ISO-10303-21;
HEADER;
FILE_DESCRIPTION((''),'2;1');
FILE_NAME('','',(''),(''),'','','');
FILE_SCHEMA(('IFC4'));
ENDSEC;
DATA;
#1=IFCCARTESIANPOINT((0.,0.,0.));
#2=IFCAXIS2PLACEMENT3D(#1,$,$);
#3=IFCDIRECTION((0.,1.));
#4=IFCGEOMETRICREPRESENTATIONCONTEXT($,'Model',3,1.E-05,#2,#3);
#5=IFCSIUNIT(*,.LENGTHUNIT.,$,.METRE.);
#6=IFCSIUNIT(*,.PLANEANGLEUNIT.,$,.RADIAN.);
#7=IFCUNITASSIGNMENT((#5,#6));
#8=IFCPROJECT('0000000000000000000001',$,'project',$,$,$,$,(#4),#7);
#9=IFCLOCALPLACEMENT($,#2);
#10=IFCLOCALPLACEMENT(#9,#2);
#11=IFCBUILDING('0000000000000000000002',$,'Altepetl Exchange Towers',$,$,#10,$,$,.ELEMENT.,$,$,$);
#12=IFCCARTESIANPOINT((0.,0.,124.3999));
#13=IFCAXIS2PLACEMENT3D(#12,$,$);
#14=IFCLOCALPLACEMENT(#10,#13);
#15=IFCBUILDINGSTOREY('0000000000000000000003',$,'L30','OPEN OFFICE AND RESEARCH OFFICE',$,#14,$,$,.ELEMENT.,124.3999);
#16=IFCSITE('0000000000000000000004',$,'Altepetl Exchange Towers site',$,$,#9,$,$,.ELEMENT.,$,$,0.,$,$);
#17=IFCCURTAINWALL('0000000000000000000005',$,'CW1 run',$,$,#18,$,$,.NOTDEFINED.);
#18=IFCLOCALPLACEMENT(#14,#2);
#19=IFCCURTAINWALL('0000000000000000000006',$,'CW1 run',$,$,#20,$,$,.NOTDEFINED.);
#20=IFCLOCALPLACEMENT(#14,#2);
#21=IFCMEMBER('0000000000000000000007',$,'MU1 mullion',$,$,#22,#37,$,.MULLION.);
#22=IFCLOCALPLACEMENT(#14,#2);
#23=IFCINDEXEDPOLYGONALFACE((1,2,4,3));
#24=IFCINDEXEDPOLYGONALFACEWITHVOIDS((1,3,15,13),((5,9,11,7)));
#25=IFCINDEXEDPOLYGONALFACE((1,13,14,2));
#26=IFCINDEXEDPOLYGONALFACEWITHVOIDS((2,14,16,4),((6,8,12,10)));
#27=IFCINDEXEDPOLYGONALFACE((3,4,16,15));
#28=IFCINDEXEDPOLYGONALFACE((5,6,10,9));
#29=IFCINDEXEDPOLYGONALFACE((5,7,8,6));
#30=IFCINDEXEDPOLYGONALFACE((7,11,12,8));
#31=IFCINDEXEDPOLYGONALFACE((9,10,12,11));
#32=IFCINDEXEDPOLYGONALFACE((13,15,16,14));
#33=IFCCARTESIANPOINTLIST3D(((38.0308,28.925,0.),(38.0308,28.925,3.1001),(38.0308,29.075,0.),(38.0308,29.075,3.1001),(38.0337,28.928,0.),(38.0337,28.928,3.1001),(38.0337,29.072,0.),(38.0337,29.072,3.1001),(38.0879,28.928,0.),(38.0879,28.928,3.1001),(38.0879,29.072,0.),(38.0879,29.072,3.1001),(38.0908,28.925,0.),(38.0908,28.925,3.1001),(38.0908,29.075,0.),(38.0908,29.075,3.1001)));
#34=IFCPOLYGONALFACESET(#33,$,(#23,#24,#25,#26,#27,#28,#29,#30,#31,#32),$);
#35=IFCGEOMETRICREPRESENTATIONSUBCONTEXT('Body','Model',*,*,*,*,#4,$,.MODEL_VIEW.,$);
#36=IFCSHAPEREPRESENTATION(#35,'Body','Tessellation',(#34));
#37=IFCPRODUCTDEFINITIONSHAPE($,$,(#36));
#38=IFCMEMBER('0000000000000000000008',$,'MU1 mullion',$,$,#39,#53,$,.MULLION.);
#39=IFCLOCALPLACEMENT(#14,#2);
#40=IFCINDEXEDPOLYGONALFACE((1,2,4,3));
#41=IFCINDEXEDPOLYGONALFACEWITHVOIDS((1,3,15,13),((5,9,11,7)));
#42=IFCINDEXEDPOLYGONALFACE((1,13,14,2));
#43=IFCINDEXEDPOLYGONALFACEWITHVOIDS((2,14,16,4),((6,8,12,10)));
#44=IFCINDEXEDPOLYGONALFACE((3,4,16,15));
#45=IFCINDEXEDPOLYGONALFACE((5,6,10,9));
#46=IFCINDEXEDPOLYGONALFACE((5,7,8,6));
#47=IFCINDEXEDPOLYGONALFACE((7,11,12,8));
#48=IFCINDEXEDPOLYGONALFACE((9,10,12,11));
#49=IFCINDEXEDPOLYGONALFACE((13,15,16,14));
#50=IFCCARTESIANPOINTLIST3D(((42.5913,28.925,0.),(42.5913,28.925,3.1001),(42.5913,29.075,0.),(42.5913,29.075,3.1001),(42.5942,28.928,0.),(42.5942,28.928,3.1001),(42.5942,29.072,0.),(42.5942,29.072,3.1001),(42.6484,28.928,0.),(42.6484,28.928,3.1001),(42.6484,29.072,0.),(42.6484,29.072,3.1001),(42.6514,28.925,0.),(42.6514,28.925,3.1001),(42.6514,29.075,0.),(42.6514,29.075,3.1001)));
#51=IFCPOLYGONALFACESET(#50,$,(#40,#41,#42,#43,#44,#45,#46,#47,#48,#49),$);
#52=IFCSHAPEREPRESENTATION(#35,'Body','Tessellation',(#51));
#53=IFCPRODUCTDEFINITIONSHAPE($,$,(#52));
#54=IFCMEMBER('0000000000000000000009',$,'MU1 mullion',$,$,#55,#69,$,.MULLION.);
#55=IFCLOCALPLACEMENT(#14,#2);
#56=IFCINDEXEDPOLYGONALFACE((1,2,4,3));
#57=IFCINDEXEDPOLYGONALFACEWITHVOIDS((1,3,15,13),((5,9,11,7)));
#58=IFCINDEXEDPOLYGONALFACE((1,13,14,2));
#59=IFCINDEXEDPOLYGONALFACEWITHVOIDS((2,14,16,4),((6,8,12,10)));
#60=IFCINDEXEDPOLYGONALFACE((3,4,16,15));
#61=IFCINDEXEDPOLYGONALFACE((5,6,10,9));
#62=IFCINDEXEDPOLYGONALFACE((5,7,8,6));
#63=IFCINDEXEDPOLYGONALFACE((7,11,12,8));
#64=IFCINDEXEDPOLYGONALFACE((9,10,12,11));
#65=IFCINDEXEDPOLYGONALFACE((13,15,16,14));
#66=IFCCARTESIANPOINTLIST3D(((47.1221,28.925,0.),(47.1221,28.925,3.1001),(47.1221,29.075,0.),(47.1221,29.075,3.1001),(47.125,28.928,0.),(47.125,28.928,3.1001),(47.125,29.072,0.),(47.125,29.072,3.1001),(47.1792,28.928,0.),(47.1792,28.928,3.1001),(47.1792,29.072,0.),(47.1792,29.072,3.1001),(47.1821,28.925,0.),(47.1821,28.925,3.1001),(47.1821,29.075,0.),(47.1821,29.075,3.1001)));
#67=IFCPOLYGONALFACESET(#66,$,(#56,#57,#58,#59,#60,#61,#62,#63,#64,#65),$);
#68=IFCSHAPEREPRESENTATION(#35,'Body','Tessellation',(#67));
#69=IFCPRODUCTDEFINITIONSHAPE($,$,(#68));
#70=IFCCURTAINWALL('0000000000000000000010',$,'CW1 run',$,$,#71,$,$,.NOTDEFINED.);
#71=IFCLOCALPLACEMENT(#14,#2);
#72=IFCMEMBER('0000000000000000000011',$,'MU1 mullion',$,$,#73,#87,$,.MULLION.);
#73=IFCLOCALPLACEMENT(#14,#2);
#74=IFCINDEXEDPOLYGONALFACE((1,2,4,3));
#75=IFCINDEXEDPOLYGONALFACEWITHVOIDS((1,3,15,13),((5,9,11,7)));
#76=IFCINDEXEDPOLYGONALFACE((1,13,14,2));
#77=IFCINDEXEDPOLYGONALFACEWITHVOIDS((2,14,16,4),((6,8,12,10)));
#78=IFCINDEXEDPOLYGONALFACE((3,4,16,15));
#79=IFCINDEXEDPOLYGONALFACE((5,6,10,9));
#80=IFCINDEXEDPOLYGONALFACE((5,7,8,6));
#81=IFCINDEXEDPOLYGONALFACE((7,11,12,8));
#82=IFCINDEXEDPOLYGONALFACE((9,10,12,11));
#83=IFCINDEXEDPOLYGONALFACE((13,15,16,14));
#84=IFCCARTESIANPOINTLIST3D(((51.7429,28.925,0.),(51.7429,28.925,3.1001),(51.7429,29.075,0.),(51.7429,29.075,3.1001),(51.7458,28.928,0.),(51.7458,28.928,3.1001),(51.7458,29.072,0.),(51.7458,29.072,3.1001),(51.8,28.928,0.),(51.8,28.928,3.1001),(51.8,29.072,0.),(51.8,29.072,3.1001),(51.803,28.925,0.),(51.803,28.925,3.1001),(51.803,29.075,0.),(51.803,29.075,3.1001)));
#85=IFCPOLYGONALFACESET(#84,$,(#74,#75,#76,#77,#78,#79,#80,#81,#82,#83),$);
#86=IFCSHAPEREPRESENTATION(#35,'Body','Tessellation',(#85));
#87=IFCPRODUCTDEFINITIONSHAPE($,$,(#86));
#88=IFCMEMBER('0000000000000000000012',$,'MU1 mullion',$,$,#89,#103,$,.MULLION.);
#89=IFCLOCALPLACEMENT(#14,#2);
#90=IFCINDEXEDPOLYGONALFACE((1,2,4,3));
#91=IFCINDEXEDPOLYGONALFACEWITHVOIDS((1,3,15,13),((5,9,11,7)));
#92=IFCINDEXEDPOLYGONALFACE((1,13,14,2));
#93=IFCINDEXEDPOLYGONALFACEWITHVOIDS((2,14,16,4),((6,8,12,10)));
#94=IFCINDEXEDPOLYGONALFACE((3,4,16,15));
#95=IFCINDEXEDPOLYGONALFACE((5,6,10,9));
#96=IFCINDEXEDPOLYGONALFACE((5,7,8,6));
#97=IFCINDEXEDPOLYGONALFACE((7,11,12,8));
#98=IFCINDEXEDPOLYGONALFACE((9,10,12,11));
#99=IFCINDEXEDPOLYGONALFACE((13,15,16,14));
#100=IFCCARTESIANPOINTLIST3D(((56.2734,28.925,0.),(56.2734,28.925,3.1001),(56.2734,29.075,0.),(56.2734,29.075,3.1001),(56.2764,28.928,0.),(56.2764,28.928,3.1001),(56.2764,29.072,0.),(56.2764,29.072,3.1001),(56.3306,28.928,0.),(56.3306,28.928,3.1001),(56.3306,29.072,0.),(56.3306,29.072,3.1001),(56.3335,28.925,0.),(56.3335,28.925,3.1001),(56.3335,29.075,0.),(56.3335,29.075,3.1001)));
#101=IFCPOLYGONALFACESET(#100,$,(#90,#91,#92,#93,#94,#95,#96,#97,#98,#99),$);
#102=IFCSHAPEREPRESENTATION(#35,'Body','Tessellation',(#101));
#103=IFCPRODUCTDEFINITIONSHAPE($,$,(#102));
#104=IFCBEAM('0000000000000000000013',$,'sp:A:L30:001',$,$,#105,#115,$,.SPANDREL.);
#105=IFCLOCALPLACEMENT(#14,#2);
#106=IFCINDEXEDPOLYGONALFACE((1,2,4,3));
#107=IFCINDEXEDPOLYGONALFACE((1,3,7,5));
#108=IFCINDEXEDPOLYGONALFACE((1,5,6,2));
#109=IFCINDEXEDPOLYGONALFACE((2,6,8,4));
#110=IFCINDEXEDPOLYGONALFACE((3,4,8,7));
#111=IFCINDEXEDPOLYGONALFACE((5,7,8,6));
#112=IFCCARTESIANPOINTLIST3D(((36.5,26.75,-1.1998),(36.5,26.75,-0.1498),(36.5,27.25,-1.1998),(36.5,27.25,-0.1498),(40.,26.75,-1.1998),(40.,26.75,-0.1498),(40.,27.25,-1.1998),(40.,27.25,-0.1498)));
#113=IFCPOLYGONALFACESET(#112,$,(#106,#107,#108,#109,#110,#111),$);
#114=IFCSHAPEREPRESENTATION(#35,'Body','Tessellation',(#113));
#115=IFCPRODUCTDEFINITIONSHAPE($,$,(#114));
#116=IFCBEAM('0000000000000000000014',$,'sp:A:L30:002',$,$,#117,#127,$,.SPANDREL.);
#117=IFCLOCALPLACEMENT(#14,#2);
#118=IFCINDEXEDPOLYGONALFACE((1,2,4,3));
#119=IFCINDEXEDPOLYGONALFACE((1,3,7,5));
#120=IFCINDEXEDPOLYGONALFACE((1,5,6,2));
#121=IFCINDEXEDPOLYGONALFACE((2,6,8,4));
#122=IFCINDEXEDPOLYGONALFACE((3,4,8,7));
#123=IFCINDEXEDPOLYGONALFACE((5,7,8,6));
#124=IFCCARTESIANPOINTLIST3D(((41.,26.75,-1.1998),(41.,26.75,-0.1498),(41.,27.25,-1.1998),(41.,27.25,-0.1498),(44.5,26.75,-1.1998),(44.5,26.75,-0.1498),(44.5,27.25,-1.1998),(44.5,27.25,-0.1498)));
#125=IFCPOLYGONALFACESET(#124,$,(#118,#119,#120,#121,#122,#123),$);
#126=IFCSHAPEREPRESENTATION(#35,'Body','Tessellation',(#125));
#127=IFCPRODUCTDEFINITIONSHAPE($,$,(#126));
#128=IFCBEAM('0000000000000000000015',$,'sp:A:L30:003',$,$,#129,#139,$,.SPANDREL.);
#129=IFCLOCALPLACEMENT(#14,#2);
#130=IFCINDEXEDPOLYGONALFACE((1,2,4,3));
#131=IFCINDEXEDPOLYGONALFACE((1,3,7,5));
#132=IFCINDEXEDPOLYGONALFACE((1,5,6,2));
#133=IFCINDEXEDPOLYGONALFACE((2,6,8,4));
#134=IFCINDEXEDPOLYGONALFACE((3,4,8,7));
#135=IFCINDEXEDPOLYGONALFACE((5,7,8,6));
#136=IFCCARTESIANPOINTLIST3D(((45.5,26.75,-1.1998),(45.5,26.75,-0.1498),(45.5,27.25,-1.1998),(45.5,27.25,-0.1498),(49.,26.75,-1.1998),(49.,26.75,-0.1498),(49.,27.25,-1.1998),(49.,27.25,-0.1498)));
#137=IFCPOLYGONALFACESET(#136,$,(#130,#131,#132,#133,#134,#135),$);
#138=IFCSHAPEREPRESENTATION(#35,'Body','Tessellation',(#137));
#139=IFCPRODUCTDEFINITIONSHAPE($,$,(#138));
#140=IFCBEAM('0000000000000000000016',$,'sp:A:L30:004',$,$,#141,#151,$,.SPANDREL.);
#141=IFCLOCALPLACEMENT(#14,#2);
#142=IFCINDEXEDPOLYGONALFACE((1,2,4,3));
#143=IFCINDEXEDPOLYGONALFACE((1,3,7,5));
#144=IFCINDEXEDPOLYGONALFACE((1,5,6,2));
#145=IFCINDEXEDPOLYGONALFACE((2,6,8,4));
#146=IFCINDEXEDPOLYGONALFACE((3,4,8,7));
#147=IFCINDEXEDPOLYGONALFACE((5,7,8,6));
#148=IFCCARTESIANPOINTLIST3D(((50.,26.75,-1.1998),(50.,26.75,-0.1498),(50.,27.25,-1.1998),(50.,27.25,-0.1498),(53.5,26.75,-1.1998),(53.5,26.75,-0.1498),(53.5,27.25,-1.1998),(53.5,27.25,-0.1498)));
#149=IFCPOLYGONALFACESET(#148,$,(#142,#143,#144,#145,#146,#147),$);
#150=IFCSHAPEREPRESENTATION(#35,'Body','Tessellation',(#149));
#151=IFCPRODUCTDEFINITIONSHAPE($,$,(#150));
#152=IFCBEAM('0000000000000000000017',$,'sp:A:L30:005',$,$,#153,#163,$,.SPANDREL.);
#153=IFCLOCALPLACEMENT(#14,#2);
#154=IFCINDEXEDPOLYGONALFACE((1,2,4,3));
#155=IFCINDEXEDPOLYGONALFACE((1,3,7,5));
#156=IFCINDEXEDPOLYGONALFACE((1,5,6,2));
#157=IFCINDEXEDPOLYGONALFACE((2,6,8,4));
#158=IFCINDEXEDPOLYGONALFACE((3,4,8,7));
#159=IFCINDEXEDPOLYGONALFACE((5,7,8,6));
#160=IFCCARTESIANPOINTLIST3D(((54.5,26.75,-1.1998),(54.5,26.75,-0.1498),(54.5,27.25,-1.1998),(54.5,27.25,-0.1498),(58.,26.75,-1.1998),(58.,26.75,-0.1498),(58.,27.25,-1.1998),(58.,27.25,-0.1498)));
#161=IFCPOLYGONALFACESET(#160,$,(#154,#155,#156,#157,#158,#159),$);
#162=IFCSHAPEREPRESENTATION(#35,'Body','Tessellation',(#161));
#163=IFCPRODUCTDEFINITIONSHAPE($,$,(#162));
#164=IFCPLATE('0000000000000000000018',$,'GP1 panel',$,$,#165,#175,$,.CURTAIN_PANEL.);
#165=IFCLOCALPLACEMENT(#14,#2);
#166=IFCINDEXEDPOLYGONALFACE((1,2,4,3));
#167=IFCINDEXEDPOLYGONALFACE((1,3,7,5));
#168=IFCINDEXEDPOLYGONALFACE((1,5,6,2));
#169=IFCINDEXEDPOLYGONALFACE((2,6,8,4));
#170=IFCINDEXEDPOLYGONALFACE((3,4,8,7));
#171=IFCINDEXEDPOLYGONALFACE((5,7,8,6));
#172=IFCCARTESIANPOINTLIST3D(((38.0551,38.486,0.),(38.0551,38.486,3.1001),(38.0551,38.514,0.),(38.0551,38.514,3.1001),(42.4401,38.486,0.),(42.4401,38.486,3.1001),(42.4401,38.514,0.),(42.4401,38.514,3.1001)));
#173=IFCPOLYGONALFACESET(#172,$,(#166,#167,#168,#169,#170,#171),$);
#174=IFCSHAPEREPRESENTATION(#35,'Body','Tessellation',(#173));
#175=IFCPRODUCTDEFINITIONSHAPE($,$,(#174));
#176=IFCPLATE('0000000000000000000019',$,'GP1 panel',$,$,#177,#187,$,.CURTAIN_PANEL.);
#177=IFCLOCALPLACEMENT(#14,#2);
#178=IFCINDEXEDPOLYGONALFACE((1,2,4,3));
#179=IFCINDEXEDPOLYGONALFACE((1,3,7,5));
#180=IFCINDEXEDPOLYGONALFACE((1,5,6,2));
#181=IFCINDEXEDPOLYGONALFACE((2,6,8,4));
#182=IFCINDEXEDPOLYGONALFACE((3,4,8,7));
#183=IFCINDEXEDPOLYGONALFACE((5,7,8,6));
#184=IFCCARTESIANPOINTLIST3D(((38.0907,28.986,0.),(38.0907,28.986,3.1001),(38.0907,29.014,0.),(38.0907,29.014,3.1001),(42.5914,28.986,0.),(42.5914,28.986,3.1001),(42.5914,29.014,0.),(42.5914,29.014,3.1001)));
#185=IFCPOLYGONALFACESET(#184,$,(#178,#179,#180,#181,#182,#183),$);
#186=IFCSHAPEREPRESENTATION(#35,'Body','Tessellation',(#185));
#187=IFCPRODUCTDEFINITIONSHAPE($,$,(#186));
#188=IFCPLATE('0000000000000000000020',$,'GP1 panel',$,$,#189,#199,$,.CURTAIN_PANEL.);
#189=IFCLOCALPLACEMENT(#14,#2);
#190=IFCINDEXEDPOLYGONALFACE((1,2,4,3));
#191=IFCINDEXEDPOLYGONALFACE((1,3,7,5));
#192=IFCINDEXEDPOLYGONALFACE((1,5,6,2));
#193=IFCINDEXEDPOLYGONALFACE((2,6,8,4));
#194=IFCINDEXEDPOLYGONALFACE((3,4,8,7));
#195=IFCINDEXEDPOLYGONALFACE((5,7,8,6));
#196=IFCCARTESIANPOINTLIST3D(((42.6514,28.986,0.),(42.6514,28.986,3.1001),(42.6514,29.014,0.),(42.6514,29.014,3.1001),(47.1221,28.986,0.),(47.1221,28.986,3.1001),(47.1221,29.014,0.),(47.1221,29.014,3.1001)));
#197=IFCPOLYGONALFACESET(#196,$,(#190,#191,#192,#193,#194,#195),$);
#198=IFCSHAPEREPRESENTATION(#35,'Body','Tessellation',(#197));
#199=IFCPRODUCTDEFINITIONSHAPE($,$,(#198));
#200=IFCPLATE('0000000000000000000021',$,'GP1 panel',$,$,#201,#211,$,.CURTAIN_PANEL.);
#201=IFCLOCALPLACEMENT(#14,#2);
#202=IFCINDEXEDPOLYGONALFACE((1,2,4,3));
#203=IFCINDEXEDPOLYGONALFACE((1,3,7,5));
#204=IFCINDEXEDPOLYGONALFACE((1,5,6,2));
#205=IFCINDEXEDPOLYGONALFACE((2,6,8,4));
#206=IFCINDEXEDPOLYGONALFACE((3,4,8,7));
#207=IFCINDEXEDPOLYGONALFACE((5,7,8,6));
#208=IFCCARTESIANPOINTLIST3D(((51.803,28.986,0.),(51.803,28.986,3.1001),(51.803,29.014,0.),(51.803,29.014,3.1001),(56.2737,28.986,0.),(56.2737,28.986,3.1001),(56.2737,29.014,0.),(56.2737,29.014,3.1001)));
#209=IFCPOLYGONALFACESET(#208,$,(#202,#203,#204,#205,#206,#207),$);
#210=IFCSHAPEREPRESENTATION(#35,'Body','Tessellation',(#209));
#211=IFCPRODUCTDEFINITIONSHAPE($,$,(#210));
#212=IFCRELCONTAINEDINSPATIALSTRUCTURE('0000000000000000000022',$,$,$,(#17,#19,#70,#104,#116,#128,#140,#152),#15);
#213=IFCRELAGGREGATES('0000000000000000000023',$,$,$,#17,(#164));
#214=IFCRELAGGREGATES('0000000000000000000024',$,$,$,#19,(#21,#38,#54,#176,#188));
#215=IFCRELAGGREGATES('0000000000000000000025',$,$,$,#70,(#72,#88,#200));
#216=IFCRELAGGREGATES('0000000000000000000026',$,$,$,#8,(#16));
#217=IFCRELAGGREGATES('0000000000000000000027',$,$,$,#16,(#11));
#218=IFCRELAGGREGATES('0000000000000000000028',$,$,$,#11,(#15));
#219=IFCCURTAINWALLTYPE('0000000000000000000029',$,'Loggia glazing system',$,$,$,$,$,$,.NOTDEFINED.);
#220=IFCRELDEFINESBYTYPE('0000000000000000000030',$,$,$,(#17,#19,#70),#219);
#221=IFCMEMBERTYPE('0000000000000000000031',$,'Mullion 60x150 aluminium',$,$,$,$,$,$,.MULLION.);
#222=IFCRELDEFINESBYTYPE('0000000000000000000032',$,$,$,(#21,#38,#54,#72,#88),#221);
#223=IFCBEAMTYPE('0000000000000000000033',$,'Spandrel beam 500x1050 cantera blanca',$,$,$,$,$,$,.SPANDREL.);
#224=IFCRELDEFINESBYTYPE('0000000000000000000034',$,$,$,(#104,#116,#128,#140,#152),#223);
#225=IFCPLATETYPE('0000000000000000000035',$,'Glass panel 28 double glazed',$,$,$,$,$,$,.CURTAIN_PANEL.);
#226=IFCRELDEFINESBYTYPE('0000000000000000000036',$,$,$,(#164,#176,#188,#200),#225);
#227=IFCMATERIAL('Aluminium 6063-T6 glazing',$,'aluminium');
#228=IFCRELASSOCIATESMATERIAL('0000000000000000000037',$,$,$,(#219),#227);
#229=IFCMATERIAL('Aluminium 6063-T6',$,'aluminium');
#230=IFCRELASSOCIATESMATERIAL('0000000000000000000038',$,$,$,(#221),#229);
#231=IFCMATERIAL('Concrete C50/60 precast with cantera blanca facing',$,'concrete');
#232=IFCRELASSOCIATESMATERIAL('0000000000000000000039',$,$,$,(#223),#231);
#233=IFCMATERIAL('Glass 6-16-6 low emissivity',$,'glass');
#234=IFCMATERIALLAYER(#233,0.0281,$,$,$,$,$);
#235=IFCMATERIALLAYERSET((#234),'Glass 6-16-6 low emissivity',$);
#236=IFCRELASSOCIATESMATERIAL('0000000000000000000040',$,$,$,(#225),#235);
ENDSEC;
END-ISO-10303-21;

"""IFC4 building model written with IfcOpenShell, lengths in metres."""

from ifc_helpers import new_model, si_unit, direction, frame, origin, origin_2d, place, context, subcontext, project, spatial, rectangle, hollow_rectangle, extrude, material, layer, layer_set, material_profile, profile_set, type_object, element, aggregate, save


model = new_model("IFC4")

# Units and contexts
model_context = context("Model", 3, precision=1e-05, world=origin(), true_north=direction((0.0, 1.0)))
body_context = subcontext(model_context, "Body", "Model", "MODEL_VIEW")
ifc_project = project(units=[si_unit("LENGTHUNIT", "METRE"), si_unit("PLANEANGLEUNIT", "RADIAN")], contexts=[model_context])

# Site, building, storey
site_placement = place(None, origin())
site = spatial("IfcSite", under=ifc_project, at=site_placement, Name="Altepetl Exchange Towers site", CompositionType="ELEMENT", RefElevation=0.0)
building_placement = place(site_placement, origin())
building = spatial("IfcBuilding", under=site, at=building_placement, Name="Altepetl Exchange Towers", CompositionType="ELEMENT")
storey_placement = place(building_placement, frame((0.0, 0.0, 124.3999)))
storey = spatial("IfcBuildingStorey", under=building, at=storey_placement, Name="L30", Description="OPEN OFFICE AND RESEARCH OFFICE", CompositionType="ELEMENT", Elevation=124.3999)

# Curtain walls, members
ifc_material_1 = material(Name="Aluminium 6063-T6 glazing", Category="aluminium")
curtain_wall_type = type_object("IfcCurtainWallType", Name="Loggia glazing system", PredefinedType="NOTDEFINED", material=ifc_material_1)
curtain_wall_1_placement = place(storey_placement, origin())
curtain_wall_1 = element("IfcCurtainWall", 1, at=curtain_wall_1_placement, inside=storey, type_object=curtain_wall_type, Name="CW1 run", PredefinedType="NOTDEFINED")
ifc_material_2 = material(Name="Aluminium 6063-T6", Category="aluminium")
ifc_material_profile_1 = material_profile(ifc_material_2, hollow_rectangle(XDim=0.0601, YDim=0.1499, WallThickness=0.0029, at=origin_2d()), Name="Mullion 60x150 aluminium")
ifc_profile_set_1 = profile_set([ifc_material_profile_1], Name="Aluminium 6063-T6")
member_type = type_object("IfcMemberType", Name="Mullion 60x150 aluminium", PredefinedType="MULLION", material=ifc_profile_set_1)
curtain_wall_2_placement = place(storey_placement, origin())
curtain_wall_2 = element("IfcCurtainWall", 2, at=curtain_wall_2_placement, inside=storey, type_object=curtain_wall_type, Name="CW1 run", PredefinedType="NOTDEFINED")
member_1_placement = place(storey_placement, frame((38.0608, 29.0, 0.0)))
member_1 = element("IfcMember", 3, at=member_1_placement, type_object=member_type, Name="MU1 mullion", PredefinedType="MULLION", context=body_context, shape_type="SweptSolid", body=[
    extrude(hollow_rectangle(XDim=0.0601, YDim=0.1499, WallThickness=0.0029, at=origin_2d()), origin(), (0.0, 0.0, 1.0), 3.1001),
])
member_2_placement = place(storey_placement, frame((42.6213, 29.0, 0.0)))
member_2 = element("IfcMember", 4, at=member_2_placement, type_object=member_type, Name="MU1 mullion", PredefinedType="MULLION", context=body_context, shape_type="SweptSolid", body=[
    extrude(hollow_rectangle(XDim=0.0601, YDim=0.1499, WallThickness=0.0029, at=origin_2d()), origin(), (0.0, 0.0, 1.0), 3.1001),
])
member_3_placement = place(storey_placement, frame((47.1521, 29.0, 0.0)))
member_3 = element("IfcMember", 5, at=member_3_placement, type_object=member_type, Name="MU1 mullion", PredefinedType="MULLION", context=body_context, shape_type="SweptSolid", body=[
    extrude(hollow_rectangle(XDim=0.0601, YDim=0.1499, WallThickness=0.0029, at=origin_2d()), origin(), (0.0, 0.0, 1.0), 3.1001),
])
curtain_wall_3_placement = place(storey_placement, origin())
curtain_wall_3 = element("IfcCurtainWall", 6, at=curtain_wall_3_placement, inside=storey, type_object=curtain_wall_type, Name="CW1 run", PredefinedType="NOTDEFINED")
member_4_placement = place(storey_placement, frame((51.7729, 29.0, 0.0)))
member_4 = element("IfcMember", 7, at=member_4_placement, type_object=member_type, Name="MU1 mullion", PredefinedType="MULLION", context=body_context, shape_type="SweptSolid", body=[
    extrude(hollow_rectangle(XDim=0.0601, YDim=0.1499, WallThickness=0.0029, at=origin_2d()), origin(), (0.0, 0.0, 1.0), 3.1001),
])
member_5_placement = place(storey_placement, frame((56.3035, 29.0, 0.0)))
member_5 = element("IfcMember", 8, at=member_5_placement, type_object=member_type, Name="MU1 mullion", PredefinedType="MULLION", context=body_context, shape_type="SweptSolid", body=[
    extrude(hollow_rectangle(XDim=0.0601, YDim=0.1499, WallThickness=0.0029, at=origin_2d()), origin(), (0.0, 0.0, 1.0), 3.1001),
])

# Beams
ifc_material_3 = material(Name="Concrete C50/60 precast with cantera blanca facing", Category="concrete")
ifc_material_profile_2 = material_profile(ifc_material_3, rectangle(XDim=0.5, YDim=1.05, at=origin_2d()), Name="500 x 1050")
ifc_profile_set_2 = profile_set([ifc_material_profile_2], Name="Concrete C50/60 precast with cantera blanca facing")
beam_type_1 = type_object("IfcBeamType", Name="Spandrel beam 500x1050 cantera blanca", PredefinedType="SPANDREL", material=ifc_profile_set_2)
for number, where, z_axis, x_axis, name in (
    (9, (36.5, 27.0, -0.6748), (1.0, 0.0, 0.0), (0.0, 1.0, 0.0), "sp:A:L30:001"),
    (10, (41.0, 27.0, -0.6748), (1.0, 0.0, 0.0), (0.0, 1.0, 0.0), "sp:A:L30:002"),
    (11, (45.5, 27.0, -0.6748), (1.0, 0.0, 0.0), (0.0, 1.0, 0.0), "sp:A:L30:003"),
    (12, (50.0, 27.0, -0.6748), (1.0, 0.0, 0.0), (0.0, 1.0, 0.0), "sp:A:L30:004"),
    (13, (54.5, 27.0, -0.6748), (1.0, 0.0, 0.0), (0.0, 1.0, 0.0), "sp:A:L30:005"),
):
    element("IfcBeam", number, at=place(storey_placement, frame(where, z_axis=z_axis, x_axis=x_axis)), inside=storey, type_object=beam_type_1, Name=name, PredefinedType="SPANDREL", context=body_context, shape_type="SweptSolid", body=[
        extrude(rectangle(XDim=0.5, YDim=1.05, at=origin_2d()), origin(), (0.0, 0.0, 1.0), 3.5),
    ])

# Plates
ifc_material_4 = material(Name="Glass 6-16-6 low emissivity", Category="glass")
ifc_layer_1 = layer(ifc_material_4, 0.0281)
ifc_layer_set_1 = layer_set([ifc_layer_1], Name="Glass 6-16-6 low emissivity")
plate_type = type_object("IfcPlateType", Name="Glass panel 28 double glazed", PredefinedType="CURTAIN_PANEL", material=ifc_layer_set_1)
plate_1_placement = place(storey_placement, frame((40.2476, 38.5, 0.0), z_axis=(0.0, 0.0, 1.0), x_axis=(-1.0, 0.0, 0.0)))
plate_1 = element("IfcPlate", 14, at=plate_1_placement, type_object=plate_type, Name="GP1 panel", PredefinedType="CURTAIN_PANEL", context=body_context, shape_type="SweptSolid", body=[
    extrude(rectangle(XDim=4.385, YDim=0.0281, at=origin_2d()), origin(), (0.0, 0.0, 1.0), 3.1001),
])
aggregate(curtain_wall_1, [plate_1])
plate_2_placement = place(storey_placement, frame((40.3411, 29.0, 0.0)))
plate_2 = element("IfcPlate", 15, at=plate_2_placement, type_object=plate_type, Name="GP1 panel", PredefinedType="CURTAIN_PANEL", context=body_context, shape_type="SweptSolid", body=[
    extrude(rectangle(XDim=4.5007, YDim=0.0281, at=origin_2d()), origin(), (0.0, 0.0, 1.0), 3.1001),
])
plate_3_placement = place(storey_placement, frame((44.8867, 29.0, 0.0)))
plate_3 = element("IfcPlate", 16, at=plate_3_placement, type_object=plate_type, Name="GP1 panel", PredefinedType="CURTAIN_PANEL", context=body_context, shape_type="SweptSolid", body=[
    extrude(rectangle(XDim=4.4707, YDim=0.0281, at=origin_2d()), origin(), (0.0, 0.0, 1.0), 3.1001),
])
aggregate(curtain_wall_2, [member_1, member_2, member_3, plate_2, plate_3])
plate_4_placement = place(storey_placement, frame((54.0383, 29.0, 0.0)))
plate_4 = element("IfcPlate", 17, at=plate_4_placement, type_object=plate_type, Name="GP1 panel", PredefinedType="CURTAIN_PANEL", context=body_context, shape_type="SweptSolid", body=[
    extrude(rectangle(XDim=4.4707, YDim=0.0281, at=origin_2d()), origin(), (0.0, 0.0, 1.0), 3.1001),
])
aggregate(curtain_wall_3, [member_4, member_5, plate_4])

save(model, "model.ifc")
